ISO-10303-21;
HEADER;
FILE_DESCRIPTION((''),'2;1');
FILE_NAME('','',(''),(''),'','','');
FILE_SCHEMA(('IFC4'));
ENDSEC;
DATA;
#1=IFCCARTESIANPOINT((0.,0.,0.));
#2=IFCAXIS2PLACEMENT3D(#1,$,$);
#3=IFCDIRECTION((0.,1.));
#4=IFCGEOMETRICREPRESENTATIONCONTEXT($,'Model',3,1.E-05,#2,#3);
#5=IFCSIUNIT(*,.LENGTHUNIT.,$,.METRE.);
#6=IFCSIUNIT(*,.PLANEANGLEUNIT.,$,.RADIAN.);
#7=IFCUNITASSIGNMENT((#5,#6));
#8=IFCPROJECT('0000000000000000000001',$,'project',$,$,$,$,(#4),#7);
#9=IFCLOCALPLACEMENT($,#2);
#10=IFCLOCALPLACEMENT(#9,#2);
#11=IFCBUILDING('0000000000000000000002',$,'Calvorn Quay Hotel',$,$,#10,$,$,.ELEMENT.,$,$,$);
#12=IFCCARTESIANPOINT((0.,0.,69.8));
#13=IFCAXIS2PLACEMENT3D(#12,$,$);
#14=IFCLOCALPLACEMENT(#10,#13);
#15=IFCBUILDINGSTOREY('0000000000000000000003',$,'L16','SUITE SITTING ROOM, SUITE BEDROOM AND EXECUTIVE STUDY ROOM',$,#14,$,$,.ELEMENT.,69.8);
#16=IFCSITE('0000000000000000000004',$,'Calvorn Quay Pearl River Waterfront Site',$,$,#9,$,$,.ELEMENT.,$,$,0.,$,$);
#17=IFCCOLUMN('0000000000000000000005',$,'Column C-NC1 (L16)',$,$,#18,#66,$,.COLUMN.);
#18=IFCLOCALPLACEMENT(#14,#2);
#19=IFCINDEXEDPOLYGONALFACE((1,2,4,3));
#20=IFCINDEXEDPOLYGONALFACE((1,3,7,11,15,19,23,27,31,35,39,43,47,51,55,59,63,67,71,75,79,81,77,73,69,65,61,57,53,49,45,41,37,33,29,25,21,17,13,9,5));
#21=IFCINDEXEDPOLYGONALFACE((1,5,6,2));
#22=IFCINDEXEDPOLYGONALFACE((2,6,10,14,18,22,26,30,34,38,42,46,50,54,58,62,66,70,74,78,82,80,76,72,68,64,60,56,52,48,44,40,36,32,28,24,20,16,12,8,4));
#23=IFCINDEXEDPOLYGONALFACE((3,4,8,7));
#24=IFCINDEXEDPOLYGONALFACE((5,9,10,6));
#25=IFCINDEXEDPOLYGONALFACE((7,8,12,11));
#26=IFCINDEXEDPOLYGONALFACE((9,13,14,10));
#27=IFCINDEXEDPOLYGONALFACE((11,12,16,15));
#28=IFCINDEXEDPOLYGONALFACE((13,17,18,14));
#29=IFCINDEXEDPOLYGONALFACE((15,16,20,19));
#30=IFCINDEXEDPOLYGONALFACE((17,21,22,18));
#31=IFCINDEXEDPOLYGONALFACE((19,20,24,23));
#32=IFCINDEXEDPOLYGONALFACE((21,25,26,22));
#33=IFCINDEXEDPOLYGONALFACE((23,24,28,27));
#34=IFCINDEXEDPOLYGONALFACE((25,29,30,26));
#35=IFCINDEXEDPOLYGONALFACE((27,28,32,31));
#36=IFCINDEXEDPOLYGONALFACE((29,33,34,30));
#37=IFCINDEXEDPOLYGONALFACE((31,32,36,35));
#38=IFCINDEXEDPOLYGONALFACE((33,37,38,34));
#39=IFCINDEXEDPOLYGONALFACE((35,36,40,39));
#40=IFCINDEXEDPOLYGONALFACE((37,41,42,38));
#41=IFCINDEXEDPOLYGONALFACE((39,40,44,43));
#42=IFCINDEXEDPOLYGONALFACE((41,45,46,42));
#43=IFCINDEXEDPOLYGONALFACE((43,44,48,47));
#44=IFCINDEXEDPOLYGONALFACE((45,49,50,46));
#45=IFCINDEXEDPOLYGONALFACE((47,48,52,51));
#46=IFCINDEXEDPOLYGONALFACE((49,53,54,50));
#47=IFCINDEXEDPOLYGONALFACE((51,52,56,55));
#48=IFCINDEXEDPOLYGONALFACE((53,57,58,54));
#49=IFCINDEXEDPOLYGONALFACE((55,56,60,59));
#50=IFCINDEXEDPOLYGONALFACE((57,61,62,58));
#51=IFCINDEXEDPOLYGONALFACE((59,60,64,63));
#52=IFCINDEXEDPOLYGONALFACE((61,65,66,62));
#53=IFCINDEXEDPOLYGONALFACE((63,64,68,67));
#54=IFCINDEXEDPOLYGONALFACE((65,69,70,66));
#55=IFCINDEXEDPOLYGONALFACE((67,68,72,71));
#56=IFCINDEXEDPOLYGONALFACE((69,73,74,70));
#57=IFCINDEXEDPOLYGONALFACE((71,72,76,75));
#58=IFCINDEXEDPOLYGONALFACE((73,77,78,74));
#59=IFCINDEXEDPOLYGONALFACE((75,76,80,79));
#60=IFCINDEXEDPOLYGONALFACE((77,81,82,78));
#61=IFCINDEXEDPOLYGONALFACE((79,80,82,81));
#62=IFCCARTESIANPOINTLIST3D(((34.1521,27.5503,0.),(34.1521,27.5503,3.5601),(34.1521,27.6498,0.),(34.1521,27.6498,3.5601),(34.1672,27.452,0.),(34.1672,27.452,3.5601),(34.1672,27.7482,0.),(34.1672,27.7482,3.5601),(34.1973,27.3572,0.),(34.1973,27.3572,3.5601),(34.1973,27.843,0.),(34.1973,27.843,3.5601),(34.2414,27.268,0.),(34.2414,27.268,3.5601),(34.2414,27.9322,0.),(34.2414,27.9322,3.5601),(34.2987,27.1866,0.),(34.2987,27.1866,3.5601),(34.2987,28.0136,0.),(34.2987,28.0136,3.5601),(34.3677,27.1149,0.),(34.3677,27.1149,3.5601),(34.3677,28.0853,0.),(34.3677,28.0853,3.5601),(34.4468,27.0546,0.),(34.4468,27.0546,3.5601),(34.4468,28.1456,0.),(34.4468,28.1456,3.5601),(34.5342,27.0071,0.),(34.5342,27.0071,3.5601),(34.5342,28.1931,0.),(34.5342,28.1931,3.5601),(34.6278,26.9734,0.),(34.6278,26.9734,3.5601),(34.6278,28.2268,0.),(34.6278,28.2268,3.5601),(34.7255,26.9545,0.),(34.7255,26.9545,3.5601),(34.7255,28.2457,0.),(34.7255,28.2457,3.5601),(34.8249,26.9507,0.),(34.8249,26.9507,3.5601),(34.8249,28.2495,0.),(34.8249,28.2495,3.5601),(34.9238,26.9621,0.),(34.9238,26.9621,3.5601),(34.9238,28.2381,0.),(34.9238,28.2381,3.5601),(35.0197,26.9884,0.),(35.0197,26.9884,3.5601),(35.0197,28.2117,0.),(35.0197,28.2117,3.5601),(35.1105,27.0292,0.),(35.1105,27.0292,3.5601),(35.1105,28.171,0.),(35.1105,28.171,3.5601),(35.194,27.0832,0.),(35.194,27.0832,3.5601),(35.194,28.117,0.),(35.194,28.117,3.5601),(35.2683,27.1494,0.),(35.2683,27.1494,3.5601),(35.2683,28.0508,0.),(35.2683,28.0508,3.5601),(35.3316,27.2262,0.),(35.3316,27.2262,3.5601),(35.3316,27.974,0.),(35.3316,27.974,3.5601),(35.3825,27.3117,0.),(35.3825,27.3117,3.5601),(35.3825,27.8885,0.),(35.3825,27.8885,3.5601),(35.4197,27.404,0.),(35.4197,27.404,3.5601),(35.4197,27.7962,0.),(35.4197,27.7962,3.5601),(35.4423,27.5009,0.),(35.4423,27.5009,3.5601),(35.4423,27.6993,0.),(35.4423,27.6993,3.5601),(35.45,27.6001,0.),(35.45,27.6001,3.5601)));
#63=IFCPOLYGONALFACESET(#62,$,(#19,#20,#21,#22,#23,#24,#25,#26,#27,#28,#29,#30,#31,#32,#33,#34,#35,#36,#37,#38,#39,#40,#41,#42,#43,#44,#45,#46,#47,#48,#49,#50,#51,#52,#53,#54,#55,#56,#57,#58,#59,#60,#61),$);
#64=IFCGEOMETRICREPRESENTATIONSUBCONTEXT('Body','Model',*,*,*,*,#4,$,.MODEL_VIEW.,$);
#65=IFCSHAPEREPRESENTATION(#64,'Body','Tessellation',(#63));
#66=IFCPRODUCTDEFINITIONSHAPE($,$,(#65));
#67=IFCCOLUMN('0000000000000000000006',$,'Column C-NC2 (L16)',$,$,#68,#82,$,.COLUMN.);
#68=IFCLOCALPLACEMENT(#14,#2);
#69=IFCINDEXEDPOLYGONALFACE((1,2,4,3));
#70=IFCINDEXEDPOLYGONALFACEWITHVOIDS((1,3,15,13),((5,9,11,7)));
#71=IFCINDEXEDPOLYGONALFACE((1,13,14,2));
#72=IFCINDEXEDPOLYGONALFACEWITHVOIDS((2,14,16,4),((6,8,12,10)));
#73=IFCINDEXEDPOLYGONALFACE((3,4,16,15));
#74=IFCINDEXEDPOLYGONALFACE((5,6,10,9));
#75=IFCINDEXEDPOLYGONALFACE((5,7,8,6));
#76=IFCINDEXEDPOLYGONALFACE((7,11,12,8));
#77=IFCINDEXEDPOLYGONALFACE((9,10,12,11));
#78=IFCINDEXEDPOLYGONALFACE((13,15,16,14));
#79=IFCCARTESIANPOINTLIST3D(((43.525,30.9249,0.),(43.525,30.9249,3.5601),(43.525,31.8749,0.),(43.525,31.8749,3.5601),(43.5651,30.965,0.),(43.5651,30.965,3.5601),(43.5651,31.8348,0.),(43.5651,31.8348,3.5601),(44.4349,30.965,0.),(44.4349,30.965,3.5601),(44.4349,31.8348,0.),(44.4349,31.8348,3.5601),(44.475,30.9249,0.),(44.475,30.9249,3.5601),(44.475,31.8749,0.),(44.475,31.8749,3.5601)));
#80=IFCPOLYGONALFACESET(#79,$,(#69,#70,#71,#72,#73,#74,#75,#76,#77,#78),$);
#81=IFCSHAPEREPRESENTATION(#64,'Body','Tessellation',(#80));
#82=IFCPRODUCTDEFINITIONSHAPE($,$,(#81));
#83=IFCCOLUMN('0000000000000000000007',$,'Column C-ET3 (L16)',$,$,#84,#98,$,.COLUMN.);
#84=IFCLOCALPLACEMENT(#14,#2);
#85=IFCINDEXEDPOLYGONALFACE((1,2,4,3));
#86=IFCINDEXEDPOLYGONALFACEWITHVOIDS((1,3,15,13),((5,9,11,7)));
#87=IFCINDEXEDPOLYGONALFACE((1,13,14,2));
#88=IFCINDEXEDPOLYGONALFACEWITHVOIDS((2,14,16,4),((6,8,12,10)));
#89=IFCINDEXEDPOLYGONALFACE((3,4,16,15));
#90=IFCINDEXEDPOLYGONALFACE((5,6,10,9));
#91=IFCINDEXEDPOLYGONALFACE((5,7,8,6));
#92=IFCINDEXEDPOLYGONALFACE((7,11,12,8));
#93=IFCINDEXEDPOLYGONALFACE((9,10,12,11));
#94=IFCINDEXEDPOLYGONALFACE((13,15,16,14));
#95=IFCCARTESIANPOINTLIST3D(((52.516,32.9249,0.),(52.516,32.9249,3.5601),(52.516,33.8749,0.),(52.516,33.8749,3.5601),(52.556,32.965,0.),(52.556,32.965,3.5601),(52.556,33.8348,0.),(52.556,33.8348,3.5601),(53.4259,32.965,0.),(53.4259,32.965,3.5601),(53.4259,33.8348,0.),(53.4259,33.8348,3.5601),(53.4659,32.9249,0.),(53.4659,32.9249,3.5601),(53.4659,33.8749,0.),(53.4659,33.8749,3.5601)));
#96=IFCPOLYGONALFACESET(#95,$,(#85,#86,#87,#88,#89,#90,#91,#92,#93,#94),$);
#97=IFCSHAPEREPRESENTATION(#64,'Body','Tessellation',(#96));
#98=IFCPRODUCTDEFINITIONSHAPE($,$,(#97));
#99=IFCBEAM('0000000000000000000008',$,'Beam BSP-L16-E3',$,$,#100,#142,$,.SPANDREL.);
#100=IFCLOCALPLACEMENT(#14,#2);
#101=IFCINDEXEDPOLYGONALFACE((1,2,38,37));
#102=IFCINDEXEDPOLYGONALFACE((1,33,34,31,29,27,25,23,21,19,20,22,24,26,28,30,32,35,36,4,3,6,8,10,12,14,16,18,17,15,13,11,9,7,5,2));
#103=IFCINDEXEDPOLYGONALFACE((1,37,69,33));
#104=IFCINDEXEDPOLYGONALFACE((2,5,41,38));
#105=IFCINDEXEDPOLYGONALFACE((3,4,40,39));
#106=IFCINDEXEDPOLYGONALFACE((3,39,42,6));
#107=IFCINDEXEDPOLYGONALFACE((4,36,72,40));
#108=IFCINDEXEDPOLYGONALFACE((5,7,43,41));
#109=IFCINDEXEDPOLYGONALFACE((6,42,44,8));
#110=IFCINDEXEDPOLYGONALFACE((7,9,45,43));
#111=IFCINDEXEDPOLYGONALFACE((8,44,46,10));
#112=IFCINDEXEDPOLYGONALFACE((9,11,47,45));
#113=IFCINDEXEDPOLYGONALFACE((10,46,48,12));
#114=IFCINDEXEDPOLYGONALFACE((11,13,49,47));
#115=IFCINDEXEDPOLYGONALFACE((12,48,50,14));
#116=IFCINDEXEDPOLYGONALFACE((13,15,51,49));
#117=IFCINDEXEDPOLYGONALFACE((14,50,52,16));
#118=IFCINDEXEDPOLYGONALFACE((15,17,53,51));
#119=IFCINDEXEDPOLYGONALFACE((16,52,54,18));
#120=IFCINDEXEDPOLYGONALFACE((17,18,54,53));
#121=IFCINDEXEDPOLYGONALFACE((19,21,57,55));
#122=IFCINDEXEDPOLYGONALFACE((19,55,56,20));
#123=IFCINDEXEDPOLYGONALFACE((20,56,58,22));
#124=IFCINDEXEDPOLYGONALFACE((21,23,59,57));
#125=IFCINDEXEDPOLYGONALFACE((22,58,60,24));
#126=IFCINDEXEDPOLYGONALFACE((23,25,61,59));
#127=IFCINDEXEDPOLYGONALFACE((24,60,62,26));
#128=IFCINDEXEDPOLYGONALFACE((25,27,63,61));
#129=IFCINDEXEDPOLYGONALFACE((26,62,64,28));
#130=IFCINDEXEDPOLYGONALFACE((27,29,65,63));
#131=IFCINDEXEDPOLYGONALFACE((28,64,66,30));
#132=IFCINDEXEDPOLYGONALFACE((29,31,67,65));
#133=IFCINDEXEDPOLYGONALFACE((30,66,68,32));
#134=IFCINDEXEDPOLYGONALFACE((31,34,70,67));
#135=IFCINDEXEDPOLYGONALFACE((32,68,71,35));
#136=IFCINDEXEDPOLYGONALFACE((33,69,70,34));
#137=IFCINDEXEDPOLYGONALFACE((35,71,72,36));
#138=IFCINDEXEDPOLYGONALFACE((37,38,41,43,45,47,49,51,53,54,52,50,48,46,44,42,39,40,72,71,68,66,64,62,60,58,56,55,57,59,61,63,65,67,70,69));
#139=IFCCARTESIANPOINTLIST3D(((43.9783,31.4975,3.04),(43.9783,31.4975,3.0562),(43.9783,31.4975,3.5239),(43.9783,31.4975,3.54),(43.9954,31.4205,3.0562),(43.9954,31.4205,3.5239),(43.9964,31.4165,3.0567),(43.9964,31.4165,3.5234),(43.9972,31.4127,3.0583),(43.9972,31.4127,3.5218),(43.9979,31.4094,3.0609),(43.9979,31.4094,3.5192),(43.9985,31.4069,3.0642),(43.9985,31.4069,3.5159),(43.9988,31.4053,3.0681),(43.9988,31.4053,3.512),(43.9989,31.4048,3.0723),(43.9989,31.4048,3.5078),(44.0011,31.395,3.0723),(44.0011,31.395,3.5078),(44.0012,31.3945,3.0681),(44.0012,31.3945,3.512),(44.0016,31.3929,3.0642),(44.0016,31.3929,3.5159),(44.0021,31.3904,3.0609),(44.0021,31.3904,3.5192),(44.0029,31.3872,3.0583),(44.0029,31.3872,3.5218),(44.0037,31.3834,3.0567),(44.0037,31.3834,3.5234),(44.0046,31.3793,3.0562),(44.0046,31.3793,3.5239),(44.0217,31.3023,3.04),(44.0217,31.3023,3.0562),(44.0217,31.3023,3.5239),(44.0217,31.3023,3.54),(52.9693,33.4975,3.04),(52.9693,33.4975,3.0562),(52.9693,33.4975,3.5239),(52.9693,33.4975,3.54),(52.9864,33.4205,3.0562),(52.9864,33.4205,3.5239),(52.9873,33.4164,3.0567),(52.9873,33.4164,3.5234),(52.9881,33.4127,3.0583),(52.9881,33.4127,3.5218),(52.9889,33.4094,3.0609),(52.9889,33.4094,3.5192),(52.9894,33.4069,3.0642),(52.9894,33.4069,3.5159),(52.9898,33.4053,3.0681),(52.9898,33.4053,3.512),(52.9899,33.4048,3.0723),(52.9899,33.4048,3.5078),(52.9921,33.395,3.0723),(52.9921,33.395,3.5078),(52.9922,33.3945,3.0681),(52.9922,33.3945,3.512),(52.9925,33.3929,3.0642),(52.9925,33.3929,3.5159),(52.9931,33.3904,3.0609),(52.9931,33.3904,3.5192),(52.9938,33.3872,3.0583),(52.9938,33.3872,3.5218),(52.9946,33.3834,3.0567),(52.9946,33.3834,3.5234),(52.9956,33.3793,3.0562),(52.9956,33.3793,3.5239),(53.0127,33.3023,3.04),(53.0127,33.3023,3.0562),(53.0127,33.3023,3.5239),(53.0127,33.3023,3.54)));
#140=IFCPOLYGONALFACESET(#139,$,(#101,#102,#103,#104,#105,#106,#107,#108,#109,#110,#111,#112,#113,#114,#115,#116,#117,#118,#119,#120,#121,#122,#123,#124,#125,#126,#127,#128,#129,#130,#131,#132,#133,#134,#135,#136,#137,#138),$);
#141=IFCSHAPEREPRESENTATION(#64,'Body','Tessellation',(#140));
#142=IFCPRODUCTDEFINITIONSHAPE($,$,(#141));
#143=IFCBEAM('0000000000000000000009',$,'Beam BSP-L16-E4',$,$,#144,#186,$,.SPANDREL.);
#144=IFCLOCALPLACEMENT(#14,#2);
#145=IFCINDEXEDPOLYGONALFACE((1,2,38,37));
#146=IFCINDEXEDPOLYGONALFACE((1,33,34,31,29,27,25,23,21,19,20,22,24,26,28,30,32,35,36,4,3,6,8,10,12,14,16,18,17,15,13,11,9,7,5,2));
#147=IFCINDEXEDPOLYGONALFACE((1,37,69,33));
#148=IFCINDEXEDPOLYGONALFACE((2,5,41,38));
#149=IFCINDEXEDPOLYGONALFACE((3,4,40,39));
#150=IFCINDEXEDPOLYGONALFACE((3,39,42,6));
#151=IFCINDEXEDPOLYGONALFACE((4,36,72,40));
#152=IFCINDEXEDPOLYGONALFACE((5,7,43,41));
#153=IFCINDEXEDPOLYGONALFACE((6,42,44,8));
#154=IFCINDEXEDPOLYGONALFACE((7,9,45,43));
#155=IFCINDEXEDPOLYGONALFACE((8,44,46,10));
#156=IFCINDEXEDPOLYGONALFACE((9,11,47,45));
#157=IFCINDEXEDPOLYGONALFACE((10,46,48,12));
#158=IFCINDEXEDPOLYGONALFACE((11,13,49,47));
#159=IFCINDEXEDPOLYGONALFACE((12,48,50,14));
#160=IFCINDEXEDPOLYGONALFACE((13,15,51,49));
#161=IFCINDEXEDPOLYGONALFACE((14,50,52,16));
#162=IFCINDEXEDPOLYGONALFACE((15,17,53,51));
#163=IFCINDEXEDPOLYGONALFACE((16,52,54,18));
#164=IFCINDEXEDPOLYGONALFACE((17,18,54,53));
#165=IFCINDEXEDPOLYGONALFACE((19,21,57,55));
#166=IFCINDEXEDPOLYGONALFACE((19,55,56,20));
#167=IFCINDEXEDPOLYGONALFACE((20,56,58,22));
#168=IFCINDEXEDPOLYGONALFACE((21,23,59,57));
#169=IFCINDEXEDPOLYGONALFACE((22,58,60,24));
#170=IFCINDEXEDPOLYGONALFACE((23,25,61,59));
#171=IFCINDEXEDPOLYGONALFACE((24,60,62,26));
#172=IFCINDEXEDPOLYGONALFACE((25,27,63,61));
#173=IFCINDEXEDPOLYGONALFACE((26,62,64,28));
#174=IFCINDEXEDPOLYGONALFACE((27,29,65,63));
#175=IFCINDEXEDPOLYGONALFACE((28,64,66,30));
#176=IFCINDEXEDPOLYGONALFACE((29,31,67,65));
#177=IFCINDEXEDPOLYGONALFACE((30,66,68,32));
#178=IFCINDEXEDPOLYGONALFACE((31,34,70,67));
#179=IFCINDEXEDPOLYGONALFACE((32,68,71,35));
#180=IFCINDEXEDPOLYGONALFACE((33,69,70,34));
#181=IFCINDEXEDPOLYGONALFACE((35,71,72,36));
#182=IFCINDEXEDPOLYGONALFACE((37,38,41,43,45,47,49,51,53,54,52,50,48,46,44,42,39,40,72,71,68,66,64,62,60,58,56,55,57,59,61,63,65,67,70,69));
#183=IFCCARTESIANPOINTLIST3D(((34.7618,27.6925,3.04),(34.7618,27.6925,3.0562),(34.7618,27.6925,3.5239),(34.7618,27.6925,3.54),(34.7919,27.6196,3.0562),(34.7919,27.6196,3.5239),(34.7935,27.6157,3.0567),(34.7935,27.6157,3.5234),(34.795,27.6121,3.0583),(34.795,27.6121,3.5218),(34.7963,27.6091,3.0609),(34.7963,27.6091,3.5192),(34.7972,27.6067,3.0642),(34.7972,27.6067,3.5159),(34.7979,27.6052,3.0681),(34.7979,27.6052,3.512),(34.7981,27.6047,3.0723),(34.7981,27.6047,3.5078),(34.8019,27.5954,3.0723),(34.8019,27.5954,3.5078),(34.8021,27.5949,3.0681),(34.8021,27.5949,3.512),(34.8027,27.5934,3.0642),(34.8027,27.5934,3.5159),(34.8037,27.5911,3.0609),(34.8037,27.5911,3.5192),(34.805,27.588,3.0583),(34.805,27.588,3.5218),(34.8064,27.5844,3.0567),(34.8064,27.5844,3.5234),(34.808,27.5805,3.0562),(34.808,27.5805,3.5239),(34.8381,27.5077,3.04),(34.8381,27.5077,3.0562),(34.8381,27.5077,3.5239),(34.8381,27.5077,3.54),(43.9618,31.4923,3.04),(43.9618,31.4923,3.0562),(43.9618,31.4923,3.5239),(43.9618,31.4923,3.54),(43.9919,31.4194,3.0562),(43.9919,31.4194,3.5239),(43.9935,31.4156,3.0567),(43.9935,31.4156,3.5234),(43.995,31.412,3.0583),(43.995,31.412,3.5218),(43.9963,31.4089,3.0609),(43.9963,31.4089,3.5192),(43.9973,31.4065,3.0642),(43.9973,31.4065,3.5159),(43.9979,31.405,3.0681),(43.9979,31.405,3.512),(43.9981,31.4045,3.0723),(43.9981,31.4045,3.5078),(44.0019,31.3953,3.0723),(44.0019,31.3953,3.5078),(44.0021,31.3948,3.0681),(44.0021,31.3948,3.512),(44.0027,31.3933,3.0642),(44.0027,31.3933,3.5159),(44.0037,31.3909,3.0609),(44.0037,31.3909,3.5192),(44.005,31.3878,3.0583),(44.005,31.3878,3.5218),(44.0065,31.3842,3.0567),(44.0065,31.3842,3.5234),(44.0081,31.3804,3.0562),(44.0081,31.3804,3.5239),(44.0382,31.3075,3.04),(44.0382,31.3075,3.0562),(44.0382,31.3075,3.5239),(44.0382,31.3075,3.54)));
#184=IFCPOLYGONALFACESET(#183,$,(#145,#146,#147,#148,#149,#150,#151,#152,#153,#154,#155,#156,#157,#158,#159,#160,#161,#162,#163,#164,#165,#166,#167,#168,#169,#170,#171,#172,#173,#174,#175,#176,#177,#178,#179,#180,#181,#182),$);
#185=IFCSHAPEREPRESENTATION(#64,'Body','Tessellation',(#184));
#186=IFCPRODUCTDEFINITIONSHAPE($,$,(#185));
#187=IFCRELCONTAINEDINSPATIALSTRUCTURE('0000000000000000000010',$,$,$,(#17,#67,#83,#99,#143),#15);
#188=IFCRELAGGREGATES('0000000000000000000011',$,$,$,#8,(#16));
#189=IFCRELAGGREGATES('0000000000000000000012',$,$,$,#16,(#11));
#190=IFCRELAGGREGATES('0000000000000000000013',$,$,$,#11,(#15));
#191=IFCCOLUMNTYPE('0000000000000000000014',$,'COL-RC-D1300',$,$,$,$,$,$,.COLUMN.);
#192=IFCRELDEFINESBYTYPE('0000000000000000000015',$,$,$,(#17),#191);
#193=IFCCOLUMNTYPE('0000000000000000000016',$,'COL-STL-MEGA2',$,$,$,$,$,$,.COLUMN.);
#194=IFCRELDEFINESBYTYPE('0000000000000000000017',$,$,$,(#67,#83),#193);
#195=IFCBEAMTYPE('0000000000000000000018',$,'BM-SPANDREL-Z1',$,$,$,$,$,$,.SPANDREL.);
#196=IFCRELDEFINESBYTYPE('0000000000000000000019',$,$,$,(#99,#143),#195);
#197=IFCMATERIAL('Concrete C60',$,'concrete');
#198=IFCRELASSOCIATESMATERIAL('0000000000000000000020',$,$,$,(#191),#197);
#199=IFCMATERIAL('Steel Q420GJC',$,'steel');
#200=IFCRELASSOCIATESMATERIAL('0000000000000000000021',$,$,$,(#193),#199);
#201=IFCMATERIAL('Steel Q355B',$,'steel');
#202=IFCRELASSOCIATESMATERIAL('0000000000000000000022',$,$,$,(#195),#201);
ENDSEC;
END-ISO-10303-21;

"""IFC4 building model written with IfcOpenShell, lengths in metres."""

from ifc_helpers import new_model, si_unit, direction, frame, origin, origin_2d, place, context, subcontext, project, spatial, hollow_rectangle, circle, i_section, extrude, material, material_profile, profile_set, type_object, element, save


model = new_model("IFC4")

# Units and contexts
model_context = context("Model", 3, precision=1e-05, world=origin(), true_north=direction((0.0, 1.0)))
body_context = subcontext(model_context, "Body", "Model", "MODEL_VIEW")
ifc_project = project(units=[si_unit("LENGTHUNIT", "METRE"), si_unit("PLANEANGLEUNIT", "RADIAN")], contexts=[model_context])

# Site, building, storey
site_placement = place(None, origin())
site = spatial("IfcSite", under=ifc_project, at=site_placement, Name="Calvorn Quay Pearl River Waterfront Site", CompositionType="ELEMENT", RefElevation=0.0)
building_placement = place(site_placement, origin())
building = spatial("IfcBuilding", under=site, at=building_placement, Name="Calvorn Quay Hotel", CompositionType="ELEMENT")
storey_placement = place(building_placement, frame((0.0, 0.0, 69.8)))
storey = spatial("IfcBuildingStorey", under=building, at=storey_placement, Name="L16", Description="SUITE SITTING ROOM, SUITE BEDROOM AND EXECUTIVE STUDY ROOM", CompositionType="ELEMENT", Elevation=69.8)

# Columns
ifc_material_1 = material(Name="Concrete C60", Category="concrete")
ifc_material_profile_1 = material_profile(ifc_material_1, circle(Radius=0.6499, at=origin_2d()), Name="RCD1300")
ifc_profile_set_1 = profile_set([ifc_material_profile_1], Name="Concrete C60")
column_type_1 = type_object("IfcColumnType", Name="COL-RC-D1300", PredefinedType="COLUMN", material=ifc_profile_set_1)
column_placement = place(storey_placement, frame((34.8, 27.6001, 0.0), z_axis=(0.0, 0.0, 1.0), x_axis=(1.0, 0.0, 0.0)))
element("IfcColumn", 1, at=column_placement, inside=storey, type_object=column_type_1, Name="Column C-NC1 (L16)", PredefinedType="COLUMN", context=body_context, shape_type="SweptSolid", body=[
    extrude(circle(Radius=0.6499, at=origin_2d()), origin(), (0.0, 0.0, 1.0), 3.5601),
])
ifc_material_2 = material(Name="Steel Q420GJC", Category="steel")
ifc_material_profile_2 = material_profile(ifc_material_2, hollow_rectangle(XDim=0.95, YDim=0.95, WallThickness=0.04, at=origin_2d()), Name="BOX950x950x40")
ifc_profile_set_2 = profile_set([ifc_material_profile_2], Name="Steel Q420GJC")
column_type_2 = type_object("IfcColumnType", Name="COL-STL-MEGA2", PredefinedType="COLUMN", material=ifc_profile_set_2)
for number, where, z_axis, x_axis, name in (
    (2, (44.0, 31.3999, 0.0), (0.0, 0.0, 1.0), (1.0, 0.0, 0.0), "Column C-NC2 (L16)"),
    (3, (52.991, 33.3999, 0.0), (0.0, 0.0, 1.0), (1.0, 0.0, 0.0), "Column C-ET3 (L16)"),
):
    element("IfcColumn", number, at=place(storey_placement, frame(where, z_axis=z_axis, x_axis=x_axis)), inside=storey, type_object=column_type_2, Name=name, PredefinedType="COLUMN", context=body_context, shape_type="SweptSolid", body=[
        extrude(hollow_rectangle(XDim=0.95, YDim=0.95, WallThickness=0.04, at=origin_2d()), origin(), (0.0, 0.0, 1.0), 3.5601),
    ])

# Beams
ifc_material_3 = material(Name="Steel Q355B", Category="steel")
ifc_material_profile_3 = material_profile(ifc_material_3, i_section(OverallWidth=0.2, OverallDepth=0.5, WebThickness=0.01, FlangeThickness=0.0161, FilletRadius=0.0161, at=origin_2d()), Name="HN500x200x10x16")
ifc_profile_set_3 = profile_set([ifc_material_profile_3], Name="Steel Q355B")
beam_type = type_object("IfcBeamType", Name="BM-SPANDREL-Z1", PredefinedType="SPANDREL", material=ifc_profile_set_3)
beam_1_placement = place(storey_placement, frame((52.991, 33.3999, 3.29), z_axis=(-0.976141, -0.217138, 0.0), x_axis=(0.217138, -0.976141, 0.0)))
element("IfcBeam", 4, at=beam_1_placement, inside=storey, type_object=beam_type, Name="Beam BSP-L16-E3", PredefinedType="SPANDREL", context=body_context, shape_type="SweptSolid", body=[
    extrude(i_section(OverallWidth=0.2, OverallDepth=0.5, WebThickness=0.01, FlangeThickness=0.0161, FilletRadius=0.0161, at=origin_2d()), origin(), (0.0, 0.0, 1.0), 9.2107),
])
beam_2_placement = place(storey_placement, frame((44.0, 31.3999, 3.29), z_axis=(-0.924268, -0.381745, 0.0), x_axis=(0.381745, -0.924268, 0.0)))
element("IfcBeam", 5, at=beam_2_placement, inside=storey, type_object=beam_type, Name="Beam BSP-L16-E4", PredefinedType="SPANDREL", context=body_context, shape_type="SweptSolid", body=[
    extrude(i_section(OverallWidth=0.2, OverallDepth=0.5, WebThickness=0.01, FlangeThickness=0.0161, FilletRadius=0.0161, at=origin_2d()), origin(), (0.0, 0.0, 1.0), 9.9539),
])

save(model, "model.ifc")
